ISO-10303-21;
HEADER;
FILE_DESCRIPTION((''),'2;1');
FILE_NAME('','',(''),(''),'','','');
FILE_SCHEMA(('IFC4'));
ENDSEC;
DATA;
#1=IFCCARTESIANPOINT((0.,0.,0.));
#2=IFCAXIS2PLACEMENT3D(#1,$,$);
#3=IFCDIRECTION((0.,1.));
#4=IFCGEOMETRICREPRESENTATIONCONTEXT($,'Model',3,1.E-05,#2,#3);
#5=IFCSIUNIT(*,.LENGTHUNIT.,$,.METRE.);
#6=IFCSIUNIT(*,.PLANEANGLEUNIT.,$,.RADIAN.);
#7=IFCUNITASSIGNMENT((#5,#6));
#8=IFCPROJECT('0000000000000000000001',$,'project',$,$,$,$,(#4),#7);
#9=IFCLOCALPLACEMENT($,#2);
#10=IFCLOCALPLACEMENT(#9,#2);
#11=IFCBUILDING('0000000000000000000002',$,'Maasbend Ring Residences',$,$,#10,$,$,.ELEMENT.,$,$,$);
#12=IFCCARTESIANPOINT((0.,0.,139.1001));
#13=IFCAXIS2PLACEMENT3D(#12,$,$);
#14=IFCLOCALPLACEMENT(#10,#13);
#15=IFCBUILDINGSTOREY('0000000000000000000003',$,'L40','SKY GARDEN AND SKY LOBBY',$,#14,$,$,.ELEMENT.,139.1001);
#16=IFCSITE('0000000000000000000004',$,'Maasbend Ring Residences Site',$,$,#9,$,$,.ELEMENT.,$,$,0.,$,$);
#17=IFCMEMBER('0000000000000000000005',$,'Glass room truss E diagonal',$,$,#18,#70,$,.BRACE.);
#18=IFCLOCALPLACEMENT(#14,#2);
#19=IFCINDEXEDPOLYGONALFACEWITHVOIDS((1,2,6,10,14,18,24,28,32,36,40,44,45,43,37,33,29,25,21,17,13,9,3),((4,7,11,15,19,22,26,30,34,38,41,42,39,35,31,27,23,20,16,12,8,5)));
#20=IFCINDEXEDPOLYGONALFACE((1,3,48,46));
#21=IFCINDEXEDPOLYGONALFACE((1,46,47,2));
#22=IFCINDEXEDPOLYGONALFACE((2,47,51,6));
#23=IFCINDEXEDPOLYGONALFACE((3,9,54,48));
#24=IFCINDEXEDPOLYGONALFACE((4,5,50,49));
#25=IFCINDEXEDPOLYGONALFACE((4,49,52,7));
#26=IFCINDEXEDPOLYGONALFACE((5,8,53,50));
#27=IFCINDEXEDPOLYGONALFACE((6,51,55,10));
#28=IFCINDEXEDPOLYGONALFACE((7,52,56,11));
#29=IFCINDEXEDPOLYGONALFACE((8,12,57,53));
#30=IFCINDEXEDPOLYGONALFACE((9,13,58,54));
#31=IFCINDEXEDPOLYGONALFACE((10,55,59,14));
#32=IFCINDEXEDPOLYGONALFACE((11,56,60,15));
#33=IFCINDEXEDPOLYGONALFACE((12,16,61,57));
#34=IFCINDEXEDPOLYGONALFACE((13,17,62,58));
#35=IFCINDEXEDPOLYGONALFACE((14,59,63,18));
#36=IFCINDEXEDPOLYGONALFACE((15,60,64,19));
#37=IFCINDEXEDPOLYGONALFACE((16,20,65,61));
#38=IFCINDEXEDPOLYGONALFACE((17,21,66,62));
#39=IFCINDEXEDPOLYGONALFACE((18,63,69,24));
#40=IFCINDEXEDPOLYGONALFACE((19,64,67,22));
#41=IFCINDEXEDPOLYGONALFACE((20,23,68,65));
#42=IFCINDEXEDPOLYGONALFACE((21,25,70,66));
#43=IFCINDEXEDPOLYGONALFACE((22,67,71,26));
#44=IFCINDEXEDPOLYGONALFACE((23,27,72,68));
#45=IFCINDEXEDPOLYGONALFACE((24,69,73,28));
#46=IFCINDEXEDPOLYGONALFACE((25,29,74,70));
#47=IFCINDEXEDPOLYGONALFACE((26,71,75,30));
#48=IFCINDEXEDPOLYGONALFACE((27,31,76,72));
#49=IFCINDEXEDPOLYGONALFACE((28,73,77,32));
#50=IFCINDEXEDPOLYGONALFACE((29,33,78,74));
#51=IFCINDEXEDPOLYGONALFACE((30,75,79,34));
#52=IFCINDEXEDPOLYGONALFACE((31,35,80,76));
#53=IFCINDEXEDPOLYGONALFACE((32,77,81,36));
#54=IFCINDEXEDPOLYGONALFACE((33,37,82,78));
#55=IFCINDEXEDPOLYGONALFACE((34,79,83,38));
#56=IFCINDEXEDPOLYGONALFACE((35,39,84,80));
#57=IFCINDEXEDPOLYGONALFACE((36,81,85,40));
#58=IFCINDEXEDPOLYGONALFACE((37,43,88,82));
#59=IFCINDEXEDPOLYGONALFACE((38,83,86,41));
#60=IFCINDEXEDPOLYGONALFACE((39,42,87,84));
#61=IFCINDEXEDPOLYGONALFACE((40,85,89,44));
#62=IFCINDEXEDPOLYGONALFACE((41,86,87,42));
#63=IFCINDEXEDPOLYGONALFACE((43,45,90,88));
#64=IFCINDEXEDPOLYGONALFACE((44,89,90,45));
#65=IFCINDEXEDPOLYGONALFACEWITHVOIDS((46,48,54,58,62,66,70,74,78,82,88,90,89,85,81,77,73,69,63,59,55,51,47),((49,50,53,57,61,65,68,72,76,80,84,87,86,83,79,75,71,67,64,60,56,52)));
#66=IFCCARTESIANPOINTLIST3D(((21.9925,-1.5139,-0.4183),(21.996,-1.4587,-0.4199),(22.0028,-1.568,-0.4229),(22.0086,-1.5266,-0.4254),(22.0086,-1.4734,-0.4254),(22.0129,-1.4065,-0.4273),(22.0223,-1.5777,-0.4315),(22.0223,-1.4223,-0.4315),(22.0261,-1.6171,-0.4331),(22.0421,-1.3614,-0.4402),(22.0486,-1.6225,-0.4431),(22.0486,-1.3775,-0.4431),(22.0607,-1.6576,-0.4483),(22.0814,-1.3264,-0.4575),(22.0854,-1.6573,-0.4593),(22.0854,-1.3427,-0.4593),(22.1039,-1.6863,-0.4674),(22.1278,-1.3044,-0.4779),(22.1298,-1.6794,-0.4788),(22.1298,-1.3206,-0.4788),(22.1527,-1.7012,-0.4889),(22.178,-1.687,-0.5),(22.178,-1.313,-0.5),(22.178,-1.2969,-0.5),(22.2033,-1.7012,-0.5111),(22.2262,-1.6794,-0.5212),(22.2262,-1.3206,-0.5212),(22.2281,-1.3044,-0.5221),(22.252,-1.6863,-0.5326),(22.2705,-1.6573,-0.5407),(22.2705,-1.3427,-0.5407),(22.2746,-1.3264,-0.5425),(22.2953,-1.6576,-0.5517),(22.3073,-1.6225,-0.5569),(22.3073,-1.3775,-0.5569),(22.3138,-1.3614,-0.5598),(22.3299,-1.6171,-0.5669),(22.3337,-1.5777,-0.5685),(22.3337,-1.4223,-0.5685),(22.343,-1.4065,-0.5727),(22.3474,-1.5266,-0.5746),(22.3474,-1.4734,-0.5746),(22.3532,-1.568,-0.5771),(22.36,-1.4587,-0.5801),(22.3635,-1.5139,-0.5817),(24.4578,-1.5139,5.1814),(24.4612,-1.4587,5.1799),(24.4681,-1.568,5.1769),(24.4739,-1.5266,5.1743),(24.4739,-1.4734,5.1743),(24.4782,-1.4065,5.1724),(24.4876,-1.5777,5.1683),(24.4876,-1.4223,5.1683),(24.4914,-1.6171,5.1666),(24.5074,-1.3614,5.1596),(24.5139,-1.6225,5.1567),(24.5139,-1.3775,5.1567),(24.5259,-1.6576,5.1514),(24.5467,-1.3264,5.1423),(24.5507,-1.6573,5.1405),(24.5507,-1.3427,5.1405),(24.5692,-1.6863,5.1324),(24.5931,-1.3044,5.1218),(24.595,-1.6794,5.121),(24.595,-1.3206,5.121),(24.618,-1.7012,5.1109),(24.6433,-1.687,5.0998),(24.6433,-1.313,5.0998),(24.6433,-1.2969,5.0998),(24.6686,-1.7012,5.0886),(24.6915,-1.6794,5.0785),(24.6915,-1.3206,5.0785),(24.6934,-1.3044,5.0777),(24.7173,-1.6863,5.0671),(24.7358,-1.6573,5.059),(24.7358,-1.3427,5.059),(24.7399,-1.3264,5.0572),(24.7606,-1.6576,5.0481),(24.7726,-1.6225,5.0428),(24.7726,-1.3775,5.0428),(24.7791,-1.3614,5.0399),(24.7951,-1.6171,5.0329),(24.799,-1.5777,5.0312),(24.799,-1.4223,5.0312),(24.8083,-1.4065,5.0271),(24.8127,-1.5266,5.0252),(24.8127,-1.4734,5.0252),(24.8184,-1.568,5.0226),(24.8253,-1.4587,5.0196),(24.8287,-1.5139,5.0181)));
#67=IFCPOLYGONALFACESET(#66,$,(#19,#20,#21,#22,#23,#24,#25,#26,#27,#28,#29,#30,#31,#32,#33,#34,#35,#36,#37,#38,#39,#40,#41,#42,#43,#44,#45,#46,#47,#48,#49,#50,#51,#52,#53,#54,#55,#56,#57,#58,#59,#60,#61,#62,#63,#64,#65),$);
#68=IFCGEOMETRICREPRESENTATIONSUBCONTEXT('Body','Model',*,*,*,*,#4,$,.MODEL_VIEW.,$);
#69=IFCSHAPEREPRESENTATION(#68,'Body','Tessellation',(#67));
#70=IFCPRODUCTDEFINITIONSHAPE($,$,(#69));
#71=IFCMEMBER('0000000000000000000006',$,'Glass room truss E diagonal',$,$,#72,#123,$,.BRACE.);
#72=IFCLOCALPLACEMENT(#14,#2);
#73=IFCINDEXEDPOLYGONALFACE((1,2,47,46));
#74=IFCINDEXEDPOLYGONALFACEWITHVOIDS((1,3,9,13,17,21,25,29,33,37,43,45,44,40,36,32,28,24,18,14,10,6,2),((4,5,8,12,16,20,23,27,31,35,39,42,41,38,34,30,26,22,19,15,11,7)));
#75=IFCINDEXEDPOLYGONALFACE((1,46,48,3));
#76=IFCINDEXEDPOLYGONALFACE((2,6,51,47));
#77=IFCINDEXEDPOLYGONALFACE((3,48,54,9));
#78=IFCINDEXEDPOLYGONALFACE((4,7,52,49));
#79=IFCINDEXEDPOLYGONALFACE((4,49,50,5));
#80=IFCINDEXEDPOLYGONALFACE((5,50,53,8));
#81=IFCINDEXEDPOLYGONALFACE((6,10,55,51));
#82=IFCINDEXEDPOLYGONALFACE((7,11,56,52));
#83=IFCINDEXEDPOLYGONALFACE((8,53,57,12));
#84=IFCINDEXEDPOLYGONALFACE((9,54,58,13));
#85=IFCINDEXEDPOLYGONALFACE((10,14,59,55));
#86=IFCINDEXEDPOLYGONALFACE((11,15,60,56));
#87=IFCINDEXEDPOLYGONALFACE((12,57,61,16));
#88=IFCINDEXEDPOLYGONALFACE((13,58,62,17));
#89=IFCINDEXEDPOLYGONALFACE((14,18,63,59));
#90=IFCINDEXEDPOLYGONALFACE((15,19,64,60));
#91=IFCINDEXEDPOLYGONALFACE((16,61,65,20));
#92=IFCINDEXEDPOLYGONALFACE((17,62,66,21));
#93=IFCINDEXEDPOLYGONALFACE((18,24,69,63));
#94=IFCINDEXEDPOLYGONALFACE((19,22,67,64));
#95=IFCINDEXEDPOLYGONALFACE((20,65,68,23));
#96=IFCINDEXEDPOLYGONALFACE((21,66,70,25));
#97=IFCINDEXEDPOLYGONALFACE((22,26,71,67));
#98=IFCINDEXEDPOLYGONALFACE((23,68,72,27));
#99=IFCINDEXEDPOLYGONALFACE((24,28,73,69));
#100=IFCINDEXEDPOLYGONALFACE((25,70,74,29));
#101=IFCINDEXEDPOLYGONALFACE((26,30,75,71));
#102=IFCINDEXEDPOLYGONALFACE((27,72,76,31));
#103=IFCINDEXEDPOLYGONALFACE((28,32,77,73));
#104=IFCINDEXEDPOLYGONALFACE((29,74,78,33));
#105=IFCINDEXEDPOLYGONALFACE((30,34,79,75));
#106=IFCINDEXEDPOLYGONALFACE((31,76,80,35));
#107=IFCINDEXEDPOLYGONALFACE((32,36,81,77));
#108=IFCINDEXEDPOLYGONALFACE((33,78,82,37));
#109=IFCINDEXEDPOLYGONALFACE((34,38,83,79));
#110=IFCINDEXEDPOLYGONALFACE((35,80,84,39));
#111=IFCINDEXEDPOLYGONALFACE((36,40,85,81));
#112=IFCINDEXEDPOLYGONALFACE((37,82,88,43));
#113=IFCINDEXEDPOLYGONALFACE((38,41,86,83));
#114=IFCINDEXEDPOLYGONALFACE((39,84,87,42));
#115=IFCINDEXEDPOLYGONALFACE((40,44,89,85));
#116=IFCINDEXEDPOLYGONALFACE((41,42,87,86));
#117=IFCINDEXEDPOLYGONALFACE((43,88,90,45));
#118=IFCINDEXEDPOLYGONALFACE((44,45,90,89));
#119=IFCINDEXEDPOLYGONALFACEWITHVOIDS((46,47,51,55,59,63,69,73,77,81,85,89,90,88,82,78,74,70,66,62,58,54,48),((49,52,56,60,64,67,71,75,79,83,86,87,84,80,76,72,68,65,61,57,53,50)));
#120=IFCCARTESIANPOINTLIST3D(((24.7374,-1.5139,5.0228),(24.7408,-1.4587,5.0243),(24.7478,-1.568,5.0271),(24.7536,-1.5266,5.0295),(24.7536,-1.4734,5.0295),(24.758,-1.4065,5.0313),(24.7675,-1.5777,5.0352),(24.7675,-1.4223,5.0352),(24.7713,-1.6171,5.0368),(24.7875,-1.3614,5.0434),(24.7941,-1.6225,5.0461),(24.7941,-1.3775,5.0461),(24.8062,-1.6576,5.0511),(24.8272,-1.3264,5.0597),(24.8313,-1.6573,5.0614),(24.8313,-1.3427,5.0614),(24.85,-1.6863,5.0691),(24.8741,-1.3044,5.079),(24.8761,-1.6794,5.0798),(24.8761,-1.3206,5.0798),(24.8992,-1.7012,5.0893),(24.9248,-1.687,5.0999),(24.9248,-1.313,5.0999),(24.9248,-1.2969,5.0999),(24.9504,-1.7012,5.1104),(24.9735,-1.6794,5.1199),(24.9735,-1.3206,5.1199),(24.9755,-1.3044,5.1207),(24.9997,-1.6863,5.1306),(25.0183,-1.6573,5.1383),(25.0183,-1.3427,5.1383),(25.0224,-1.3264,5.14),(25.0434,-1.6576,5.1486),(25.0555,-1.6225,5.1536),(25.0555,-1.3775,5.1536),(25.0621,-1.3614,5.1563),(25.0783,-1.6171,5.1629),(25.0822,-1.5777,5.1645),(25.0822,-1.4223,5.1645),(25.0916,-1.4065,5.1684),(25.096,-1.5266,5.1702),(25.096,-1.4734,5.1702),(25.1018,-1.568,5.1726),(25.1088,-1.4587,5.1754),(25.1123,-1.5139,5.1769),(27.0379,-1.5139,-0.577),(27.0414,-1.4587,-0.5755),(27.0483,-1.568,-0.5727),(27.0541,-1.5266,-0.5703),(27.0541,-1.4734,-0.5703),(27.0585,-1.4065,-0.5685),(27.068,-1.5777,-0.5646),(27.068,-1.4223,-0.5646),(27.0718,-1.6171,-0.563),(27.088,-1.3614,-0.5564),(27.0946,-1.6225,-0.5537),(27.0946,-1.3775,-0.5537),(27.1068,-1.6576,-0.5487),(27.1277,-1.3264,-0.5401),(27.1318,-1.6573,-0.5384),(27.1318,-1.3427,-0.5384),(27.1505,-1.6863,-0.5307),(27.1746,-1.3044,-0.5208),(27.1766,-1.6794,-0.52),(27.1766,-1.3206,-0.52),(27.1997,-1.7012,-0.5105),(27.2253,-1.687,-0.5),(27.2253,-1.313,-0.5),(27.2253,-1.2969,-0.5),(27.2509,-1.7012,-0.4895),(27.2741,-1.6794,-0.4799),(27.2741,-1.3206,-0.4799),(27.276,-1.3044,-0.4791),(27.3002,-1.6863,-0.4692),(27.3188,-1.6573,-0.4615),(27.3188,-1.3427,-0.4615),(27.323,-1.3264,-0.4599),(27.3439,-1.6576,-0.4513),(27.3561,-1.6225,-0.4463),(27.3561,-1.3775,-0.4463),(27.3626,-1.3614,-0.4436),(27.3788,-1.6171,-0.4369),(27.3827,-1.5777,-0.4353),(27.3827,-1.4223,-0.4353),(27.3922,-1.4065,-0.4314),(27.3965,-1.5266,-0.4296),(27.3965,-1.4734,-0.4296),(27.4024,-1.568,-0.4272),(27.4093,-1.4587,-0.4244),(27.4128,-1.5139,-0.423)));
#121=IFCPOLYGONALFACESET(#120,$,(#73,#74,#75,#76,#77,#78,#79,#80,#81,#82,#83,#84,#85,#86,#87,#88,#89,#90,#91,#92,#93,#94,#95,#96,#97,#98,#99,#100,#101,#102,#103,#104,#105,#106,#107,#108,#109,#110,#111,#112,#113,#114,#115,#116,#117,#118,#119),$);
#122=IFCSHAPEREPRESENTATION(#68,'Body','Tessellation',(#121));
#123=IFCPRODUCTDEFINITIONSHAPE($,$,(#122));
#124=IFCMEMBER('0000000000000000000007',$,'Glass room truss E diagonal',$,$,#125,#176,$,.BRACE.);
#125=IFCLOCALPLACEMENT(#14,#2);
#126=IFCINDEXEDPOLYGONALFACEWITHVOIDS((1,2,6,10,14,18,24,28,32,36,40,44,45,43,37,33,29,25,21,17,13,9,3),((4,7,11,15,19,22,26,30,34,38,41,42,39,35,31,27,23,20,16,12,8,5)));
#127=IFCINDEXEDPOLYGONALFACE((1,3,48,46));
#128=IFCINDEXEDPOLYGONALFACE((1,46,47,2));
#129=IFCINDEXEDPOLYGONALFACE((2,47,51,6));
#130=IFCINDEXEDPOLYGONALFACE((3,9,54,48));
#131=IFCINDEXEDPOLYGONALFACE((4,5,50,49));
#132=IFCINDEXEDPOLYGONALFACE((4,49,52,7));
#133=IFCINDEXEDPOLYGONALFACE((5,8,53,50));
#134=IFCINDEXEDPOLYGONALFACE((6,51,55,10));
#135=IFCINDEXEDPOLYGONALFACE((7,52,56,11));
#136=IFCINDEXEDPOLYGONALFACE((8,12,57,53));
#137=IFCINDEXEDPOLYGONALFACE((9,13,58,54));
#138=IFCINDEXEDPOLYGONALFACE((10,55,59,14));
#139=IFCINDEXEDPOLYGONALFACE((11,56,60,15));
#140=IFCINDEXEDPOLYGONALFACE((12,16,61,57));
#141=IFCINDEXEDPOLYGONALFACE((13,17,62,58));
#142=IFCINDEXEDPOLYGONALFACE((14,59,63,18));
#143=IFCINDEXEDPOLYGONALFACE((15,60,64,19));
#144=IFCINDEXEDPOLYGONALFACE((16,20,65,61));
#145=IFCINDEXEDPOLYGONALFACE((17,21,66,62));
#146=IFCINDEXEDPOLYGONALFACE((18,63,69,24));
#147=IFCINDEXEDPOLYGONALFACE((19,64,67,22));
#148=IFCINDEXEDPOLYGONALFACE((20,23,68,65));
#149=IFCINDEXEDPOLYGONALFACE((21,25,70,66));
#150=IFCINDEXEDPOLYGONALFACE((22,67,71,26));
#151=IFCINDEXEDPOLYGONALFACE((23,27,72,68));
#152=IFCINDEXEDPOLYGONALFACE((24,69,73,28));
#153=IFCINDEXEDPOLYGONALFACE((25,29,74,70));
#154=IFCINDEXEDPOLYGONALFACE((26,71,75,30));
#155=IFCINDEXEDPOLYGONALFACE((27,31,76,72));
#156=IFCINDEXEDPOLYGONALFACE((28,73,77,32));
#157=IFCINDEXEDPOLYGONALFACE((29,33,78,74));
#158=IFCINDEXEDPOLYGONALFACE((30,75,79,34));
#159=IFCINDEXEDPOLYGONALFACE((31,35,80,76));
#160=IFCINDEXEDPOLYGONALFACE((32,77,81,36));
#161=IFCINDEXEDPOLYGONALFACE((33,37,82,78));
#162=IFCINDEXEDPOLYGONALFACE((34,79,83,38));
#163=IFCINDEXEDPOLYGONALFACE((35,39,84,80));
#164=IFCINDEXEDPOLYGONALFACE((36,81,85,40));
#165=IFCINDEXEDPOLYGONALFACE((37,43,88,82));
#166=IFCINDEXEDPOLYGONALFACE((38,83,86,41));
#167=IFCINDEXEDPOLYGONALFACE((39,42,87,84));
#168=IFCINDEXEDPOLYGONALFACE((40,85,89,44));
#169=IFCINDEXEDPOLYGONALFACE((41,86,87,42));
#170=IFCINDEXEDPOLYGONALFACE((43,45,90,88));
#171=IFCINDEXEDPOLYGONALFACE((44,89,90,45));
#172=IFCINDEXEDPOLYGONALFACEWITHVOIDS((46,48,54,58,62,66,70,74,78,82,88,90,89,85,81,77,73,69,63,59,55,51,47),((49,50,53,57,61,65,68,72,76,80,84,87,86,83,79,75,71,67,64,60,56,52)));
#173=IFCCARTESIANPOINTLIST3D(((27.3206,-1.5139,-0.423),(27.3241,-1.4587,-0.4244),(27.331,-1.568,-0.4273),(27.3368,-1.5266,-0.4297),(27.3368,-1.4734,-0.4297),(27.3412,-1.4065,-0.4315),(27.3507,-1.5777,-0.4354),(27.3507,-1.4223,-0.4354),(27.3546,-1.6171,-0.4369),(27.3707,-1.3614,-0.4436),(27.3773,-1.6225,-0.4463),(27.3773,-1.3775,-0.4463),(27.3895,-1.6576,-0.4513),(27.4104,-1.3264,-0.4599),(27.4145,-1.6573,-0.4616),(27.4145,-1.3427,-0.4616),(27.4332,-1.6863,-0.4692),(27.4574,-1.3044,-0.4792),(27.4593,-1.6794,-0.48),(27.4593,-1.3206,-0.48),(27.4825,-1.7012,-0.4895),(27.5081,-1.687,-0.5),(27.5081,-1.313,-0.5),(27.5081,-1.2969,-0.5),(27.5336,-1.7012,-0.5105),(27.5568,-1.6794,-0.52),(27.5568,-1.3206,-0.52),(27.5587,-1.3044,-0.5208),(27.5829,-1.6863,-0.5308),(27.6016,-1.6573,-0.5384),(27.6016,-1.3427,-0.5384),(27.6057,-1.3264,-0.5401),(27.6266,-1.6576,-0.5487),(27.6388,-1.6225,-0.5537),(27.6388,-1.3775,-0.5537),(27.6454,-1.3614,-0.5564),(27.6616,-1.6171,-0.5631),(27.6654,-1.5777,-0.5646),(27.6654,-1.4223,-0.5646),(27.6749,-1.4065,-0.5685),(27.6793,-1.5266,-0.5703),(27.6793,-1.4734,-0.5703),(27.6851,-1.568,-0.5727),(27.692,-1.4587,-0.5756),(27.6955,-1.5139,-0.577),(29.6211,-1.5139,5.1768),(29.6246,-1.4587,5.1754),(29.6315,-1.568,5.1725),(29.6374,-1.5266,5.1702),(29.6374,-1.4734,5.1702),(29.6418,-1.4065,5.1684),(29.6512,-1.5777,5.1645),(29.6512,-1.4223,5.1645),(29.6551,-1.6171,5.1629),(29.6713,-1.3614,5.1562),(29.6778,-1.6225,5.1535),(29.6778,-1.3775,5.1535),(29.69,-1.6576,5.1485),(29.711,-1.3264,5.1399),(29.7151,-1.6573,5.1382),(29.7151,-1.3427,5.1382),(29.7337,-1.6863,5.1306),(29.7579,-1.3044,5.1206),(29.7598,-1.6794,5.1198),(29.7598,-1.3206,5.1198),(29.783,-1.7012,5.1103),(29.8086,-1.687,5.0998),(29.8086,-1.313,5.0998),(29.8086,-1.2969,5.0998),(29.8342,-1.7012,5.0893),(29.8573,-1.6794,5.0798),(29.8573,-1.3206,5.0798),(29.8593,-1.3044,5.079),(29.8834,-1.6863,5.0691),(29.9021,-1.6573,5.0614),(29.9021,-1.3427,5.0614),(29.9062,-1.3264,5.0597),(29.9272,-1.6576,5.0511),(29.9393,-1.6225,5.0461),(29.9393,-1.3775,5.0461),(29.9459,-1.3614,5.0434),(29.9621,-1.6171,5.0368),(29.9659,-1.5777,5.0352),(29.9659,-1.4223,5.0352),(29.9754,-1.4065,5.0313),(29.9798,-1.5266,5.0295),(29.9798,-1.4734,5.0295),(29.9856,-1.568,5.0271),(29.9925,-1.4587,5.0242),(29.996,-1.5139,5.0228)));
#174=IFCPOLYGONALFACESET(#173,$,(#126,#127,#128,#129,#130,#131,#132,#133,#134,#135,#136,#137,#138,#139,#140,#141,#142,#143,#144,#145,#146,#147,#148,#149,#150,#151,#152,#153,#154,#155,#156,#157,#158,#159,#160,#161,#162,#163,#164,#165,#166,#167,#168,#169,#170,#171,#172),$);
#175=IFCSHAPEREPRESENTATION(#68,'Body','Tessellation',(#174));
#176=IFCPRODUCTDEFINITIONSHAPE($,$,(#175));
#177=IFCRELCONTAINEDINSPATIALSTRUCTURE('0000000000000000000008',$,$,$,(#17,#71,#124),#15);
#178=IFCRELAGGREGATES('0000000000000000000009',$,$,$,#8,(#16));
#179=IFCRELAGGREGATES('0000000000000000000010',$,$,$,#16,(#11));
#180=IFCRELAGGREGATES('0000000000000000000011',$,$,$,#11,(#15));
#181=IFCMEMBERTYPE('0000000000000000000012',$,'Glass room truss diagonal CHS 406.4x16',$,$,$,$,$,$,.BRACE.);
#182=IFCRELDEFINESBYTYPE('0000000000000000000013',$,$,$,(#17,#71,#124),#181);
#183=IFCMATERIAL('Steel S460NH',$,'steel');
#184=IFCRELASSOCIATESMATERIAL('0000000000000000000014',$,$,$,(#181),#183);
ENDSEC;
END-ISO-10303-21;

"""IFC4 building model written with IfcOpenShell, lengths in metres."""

from ifc_helpers import new_model, si_unit, direction, frame, origin, origin_2d, place, context, subcontext, project, spatial, hollow_circle, extrude, material, material_profile, profile_set, type_object, element, save


model = new_model("IFC4")

# Units and contexts
model_context = context("Model", 3, precision=1e-05, world=origin(), true_north=direction((0.0, 1.0)))
body_context = subcontext(model_context, "Body", "Model", "MODEL_VIEW")
ifc_project = project(units=[si_unit("LENGTHUNIT", "METRE"), si_unit("PLANEANGLEUNIT", "RADIAN")], contexts=[model_context])

# Site, building, storey
site_placement = place(None, origin())
site = spatial("IfcSite", under=ifc_project, at=site_placement, Name="Maasbend Ring Residences Site", CompositionType="ELEMENT", RefElevation=0.0)
building_placement = place(site_placement, origin())
building = spatial("IfcBuilding", under=site, at=building_placement, Name="Maasbend Ring Residences", CompositionType="ELEMENT")
storey_placement = place(building_placement, frame((0.0, 0.0, 139.1001)))
storey = spatial("IfcBuildingStorey", under=building, at=storey_placement, Name="L40", Description="SKY GARDEN AND SKY LOBBY", CompositionType="ELEMENT", Elevation=139.1001)

# Members
ifc_material_1 = material(Name="Steel S460NH", Category="steel")
ifc_material_profile_1 = material_profile(ifc_material_1, hollow_circle(Radius=0.2031, WallThickness=0.0161, at=origin_2d()), Name="Glass room truss diagonal CHS 406.4x16")
ifc_profile_set_1 = profile_set([ifc_material_profile_1], Name="Steel S460NH")
member_type_1 = type_object("IfcMemberType", Name="Glass room truss diagonal CHS 406.4x16", PredefinedType="BRACE", material=ifc_profile_set_1)
member_1_placement = place(storey_placement, frame((22.178, -1.5, -0.5), z_axis=(0.40293, 0.0, 0.915231), x_axis=(0.0, 1.0, 0.0)))
element("IfcMember", 1, at=member_1_placement, inside=storey, type_object=member_type_1, Name="Glass room truss E diagonal", PredefinedType="BRACE", context=body_context, shape_type="SweptSolid", body=[
    extrude(hollow_circle(Radius=0.2031, WallThickness=0.0161, at=origin_2d()), origin(), (0.0, 0.0, 1.0), 6.1184),
])
for number, where, z_axis, x_axis, name in (
    (2, (24.9248, -1.5, 5.0999), (0.380003, 0.0, -0.924985), (0.0, 1.0, 0.0), "Glass room truss E diagonal"),
    (3, (27.5081, -1.5, -0.5), (0.380003, 0.0, 0.924985), (0.0, 1.0, 0.0), "Glass room truss E diagonal"),
):
    element("IfcMember", number, at=place(storey_placement, frame(where, z_axis=z_axis, x_axis=x_axis)), inside=storey, type_object=member_type_1, Name=name, PredefinedType="BRACE", context=body_context, shape_type="SweptSolid", body=[
        extrude(hollow_circle(Radius=0.2031, WallThickness=0.0161, at=origin_2d()), origin(), (0.0, 0.0, 1.0), 6.054),
    ])

save(model, "model.ifc")
